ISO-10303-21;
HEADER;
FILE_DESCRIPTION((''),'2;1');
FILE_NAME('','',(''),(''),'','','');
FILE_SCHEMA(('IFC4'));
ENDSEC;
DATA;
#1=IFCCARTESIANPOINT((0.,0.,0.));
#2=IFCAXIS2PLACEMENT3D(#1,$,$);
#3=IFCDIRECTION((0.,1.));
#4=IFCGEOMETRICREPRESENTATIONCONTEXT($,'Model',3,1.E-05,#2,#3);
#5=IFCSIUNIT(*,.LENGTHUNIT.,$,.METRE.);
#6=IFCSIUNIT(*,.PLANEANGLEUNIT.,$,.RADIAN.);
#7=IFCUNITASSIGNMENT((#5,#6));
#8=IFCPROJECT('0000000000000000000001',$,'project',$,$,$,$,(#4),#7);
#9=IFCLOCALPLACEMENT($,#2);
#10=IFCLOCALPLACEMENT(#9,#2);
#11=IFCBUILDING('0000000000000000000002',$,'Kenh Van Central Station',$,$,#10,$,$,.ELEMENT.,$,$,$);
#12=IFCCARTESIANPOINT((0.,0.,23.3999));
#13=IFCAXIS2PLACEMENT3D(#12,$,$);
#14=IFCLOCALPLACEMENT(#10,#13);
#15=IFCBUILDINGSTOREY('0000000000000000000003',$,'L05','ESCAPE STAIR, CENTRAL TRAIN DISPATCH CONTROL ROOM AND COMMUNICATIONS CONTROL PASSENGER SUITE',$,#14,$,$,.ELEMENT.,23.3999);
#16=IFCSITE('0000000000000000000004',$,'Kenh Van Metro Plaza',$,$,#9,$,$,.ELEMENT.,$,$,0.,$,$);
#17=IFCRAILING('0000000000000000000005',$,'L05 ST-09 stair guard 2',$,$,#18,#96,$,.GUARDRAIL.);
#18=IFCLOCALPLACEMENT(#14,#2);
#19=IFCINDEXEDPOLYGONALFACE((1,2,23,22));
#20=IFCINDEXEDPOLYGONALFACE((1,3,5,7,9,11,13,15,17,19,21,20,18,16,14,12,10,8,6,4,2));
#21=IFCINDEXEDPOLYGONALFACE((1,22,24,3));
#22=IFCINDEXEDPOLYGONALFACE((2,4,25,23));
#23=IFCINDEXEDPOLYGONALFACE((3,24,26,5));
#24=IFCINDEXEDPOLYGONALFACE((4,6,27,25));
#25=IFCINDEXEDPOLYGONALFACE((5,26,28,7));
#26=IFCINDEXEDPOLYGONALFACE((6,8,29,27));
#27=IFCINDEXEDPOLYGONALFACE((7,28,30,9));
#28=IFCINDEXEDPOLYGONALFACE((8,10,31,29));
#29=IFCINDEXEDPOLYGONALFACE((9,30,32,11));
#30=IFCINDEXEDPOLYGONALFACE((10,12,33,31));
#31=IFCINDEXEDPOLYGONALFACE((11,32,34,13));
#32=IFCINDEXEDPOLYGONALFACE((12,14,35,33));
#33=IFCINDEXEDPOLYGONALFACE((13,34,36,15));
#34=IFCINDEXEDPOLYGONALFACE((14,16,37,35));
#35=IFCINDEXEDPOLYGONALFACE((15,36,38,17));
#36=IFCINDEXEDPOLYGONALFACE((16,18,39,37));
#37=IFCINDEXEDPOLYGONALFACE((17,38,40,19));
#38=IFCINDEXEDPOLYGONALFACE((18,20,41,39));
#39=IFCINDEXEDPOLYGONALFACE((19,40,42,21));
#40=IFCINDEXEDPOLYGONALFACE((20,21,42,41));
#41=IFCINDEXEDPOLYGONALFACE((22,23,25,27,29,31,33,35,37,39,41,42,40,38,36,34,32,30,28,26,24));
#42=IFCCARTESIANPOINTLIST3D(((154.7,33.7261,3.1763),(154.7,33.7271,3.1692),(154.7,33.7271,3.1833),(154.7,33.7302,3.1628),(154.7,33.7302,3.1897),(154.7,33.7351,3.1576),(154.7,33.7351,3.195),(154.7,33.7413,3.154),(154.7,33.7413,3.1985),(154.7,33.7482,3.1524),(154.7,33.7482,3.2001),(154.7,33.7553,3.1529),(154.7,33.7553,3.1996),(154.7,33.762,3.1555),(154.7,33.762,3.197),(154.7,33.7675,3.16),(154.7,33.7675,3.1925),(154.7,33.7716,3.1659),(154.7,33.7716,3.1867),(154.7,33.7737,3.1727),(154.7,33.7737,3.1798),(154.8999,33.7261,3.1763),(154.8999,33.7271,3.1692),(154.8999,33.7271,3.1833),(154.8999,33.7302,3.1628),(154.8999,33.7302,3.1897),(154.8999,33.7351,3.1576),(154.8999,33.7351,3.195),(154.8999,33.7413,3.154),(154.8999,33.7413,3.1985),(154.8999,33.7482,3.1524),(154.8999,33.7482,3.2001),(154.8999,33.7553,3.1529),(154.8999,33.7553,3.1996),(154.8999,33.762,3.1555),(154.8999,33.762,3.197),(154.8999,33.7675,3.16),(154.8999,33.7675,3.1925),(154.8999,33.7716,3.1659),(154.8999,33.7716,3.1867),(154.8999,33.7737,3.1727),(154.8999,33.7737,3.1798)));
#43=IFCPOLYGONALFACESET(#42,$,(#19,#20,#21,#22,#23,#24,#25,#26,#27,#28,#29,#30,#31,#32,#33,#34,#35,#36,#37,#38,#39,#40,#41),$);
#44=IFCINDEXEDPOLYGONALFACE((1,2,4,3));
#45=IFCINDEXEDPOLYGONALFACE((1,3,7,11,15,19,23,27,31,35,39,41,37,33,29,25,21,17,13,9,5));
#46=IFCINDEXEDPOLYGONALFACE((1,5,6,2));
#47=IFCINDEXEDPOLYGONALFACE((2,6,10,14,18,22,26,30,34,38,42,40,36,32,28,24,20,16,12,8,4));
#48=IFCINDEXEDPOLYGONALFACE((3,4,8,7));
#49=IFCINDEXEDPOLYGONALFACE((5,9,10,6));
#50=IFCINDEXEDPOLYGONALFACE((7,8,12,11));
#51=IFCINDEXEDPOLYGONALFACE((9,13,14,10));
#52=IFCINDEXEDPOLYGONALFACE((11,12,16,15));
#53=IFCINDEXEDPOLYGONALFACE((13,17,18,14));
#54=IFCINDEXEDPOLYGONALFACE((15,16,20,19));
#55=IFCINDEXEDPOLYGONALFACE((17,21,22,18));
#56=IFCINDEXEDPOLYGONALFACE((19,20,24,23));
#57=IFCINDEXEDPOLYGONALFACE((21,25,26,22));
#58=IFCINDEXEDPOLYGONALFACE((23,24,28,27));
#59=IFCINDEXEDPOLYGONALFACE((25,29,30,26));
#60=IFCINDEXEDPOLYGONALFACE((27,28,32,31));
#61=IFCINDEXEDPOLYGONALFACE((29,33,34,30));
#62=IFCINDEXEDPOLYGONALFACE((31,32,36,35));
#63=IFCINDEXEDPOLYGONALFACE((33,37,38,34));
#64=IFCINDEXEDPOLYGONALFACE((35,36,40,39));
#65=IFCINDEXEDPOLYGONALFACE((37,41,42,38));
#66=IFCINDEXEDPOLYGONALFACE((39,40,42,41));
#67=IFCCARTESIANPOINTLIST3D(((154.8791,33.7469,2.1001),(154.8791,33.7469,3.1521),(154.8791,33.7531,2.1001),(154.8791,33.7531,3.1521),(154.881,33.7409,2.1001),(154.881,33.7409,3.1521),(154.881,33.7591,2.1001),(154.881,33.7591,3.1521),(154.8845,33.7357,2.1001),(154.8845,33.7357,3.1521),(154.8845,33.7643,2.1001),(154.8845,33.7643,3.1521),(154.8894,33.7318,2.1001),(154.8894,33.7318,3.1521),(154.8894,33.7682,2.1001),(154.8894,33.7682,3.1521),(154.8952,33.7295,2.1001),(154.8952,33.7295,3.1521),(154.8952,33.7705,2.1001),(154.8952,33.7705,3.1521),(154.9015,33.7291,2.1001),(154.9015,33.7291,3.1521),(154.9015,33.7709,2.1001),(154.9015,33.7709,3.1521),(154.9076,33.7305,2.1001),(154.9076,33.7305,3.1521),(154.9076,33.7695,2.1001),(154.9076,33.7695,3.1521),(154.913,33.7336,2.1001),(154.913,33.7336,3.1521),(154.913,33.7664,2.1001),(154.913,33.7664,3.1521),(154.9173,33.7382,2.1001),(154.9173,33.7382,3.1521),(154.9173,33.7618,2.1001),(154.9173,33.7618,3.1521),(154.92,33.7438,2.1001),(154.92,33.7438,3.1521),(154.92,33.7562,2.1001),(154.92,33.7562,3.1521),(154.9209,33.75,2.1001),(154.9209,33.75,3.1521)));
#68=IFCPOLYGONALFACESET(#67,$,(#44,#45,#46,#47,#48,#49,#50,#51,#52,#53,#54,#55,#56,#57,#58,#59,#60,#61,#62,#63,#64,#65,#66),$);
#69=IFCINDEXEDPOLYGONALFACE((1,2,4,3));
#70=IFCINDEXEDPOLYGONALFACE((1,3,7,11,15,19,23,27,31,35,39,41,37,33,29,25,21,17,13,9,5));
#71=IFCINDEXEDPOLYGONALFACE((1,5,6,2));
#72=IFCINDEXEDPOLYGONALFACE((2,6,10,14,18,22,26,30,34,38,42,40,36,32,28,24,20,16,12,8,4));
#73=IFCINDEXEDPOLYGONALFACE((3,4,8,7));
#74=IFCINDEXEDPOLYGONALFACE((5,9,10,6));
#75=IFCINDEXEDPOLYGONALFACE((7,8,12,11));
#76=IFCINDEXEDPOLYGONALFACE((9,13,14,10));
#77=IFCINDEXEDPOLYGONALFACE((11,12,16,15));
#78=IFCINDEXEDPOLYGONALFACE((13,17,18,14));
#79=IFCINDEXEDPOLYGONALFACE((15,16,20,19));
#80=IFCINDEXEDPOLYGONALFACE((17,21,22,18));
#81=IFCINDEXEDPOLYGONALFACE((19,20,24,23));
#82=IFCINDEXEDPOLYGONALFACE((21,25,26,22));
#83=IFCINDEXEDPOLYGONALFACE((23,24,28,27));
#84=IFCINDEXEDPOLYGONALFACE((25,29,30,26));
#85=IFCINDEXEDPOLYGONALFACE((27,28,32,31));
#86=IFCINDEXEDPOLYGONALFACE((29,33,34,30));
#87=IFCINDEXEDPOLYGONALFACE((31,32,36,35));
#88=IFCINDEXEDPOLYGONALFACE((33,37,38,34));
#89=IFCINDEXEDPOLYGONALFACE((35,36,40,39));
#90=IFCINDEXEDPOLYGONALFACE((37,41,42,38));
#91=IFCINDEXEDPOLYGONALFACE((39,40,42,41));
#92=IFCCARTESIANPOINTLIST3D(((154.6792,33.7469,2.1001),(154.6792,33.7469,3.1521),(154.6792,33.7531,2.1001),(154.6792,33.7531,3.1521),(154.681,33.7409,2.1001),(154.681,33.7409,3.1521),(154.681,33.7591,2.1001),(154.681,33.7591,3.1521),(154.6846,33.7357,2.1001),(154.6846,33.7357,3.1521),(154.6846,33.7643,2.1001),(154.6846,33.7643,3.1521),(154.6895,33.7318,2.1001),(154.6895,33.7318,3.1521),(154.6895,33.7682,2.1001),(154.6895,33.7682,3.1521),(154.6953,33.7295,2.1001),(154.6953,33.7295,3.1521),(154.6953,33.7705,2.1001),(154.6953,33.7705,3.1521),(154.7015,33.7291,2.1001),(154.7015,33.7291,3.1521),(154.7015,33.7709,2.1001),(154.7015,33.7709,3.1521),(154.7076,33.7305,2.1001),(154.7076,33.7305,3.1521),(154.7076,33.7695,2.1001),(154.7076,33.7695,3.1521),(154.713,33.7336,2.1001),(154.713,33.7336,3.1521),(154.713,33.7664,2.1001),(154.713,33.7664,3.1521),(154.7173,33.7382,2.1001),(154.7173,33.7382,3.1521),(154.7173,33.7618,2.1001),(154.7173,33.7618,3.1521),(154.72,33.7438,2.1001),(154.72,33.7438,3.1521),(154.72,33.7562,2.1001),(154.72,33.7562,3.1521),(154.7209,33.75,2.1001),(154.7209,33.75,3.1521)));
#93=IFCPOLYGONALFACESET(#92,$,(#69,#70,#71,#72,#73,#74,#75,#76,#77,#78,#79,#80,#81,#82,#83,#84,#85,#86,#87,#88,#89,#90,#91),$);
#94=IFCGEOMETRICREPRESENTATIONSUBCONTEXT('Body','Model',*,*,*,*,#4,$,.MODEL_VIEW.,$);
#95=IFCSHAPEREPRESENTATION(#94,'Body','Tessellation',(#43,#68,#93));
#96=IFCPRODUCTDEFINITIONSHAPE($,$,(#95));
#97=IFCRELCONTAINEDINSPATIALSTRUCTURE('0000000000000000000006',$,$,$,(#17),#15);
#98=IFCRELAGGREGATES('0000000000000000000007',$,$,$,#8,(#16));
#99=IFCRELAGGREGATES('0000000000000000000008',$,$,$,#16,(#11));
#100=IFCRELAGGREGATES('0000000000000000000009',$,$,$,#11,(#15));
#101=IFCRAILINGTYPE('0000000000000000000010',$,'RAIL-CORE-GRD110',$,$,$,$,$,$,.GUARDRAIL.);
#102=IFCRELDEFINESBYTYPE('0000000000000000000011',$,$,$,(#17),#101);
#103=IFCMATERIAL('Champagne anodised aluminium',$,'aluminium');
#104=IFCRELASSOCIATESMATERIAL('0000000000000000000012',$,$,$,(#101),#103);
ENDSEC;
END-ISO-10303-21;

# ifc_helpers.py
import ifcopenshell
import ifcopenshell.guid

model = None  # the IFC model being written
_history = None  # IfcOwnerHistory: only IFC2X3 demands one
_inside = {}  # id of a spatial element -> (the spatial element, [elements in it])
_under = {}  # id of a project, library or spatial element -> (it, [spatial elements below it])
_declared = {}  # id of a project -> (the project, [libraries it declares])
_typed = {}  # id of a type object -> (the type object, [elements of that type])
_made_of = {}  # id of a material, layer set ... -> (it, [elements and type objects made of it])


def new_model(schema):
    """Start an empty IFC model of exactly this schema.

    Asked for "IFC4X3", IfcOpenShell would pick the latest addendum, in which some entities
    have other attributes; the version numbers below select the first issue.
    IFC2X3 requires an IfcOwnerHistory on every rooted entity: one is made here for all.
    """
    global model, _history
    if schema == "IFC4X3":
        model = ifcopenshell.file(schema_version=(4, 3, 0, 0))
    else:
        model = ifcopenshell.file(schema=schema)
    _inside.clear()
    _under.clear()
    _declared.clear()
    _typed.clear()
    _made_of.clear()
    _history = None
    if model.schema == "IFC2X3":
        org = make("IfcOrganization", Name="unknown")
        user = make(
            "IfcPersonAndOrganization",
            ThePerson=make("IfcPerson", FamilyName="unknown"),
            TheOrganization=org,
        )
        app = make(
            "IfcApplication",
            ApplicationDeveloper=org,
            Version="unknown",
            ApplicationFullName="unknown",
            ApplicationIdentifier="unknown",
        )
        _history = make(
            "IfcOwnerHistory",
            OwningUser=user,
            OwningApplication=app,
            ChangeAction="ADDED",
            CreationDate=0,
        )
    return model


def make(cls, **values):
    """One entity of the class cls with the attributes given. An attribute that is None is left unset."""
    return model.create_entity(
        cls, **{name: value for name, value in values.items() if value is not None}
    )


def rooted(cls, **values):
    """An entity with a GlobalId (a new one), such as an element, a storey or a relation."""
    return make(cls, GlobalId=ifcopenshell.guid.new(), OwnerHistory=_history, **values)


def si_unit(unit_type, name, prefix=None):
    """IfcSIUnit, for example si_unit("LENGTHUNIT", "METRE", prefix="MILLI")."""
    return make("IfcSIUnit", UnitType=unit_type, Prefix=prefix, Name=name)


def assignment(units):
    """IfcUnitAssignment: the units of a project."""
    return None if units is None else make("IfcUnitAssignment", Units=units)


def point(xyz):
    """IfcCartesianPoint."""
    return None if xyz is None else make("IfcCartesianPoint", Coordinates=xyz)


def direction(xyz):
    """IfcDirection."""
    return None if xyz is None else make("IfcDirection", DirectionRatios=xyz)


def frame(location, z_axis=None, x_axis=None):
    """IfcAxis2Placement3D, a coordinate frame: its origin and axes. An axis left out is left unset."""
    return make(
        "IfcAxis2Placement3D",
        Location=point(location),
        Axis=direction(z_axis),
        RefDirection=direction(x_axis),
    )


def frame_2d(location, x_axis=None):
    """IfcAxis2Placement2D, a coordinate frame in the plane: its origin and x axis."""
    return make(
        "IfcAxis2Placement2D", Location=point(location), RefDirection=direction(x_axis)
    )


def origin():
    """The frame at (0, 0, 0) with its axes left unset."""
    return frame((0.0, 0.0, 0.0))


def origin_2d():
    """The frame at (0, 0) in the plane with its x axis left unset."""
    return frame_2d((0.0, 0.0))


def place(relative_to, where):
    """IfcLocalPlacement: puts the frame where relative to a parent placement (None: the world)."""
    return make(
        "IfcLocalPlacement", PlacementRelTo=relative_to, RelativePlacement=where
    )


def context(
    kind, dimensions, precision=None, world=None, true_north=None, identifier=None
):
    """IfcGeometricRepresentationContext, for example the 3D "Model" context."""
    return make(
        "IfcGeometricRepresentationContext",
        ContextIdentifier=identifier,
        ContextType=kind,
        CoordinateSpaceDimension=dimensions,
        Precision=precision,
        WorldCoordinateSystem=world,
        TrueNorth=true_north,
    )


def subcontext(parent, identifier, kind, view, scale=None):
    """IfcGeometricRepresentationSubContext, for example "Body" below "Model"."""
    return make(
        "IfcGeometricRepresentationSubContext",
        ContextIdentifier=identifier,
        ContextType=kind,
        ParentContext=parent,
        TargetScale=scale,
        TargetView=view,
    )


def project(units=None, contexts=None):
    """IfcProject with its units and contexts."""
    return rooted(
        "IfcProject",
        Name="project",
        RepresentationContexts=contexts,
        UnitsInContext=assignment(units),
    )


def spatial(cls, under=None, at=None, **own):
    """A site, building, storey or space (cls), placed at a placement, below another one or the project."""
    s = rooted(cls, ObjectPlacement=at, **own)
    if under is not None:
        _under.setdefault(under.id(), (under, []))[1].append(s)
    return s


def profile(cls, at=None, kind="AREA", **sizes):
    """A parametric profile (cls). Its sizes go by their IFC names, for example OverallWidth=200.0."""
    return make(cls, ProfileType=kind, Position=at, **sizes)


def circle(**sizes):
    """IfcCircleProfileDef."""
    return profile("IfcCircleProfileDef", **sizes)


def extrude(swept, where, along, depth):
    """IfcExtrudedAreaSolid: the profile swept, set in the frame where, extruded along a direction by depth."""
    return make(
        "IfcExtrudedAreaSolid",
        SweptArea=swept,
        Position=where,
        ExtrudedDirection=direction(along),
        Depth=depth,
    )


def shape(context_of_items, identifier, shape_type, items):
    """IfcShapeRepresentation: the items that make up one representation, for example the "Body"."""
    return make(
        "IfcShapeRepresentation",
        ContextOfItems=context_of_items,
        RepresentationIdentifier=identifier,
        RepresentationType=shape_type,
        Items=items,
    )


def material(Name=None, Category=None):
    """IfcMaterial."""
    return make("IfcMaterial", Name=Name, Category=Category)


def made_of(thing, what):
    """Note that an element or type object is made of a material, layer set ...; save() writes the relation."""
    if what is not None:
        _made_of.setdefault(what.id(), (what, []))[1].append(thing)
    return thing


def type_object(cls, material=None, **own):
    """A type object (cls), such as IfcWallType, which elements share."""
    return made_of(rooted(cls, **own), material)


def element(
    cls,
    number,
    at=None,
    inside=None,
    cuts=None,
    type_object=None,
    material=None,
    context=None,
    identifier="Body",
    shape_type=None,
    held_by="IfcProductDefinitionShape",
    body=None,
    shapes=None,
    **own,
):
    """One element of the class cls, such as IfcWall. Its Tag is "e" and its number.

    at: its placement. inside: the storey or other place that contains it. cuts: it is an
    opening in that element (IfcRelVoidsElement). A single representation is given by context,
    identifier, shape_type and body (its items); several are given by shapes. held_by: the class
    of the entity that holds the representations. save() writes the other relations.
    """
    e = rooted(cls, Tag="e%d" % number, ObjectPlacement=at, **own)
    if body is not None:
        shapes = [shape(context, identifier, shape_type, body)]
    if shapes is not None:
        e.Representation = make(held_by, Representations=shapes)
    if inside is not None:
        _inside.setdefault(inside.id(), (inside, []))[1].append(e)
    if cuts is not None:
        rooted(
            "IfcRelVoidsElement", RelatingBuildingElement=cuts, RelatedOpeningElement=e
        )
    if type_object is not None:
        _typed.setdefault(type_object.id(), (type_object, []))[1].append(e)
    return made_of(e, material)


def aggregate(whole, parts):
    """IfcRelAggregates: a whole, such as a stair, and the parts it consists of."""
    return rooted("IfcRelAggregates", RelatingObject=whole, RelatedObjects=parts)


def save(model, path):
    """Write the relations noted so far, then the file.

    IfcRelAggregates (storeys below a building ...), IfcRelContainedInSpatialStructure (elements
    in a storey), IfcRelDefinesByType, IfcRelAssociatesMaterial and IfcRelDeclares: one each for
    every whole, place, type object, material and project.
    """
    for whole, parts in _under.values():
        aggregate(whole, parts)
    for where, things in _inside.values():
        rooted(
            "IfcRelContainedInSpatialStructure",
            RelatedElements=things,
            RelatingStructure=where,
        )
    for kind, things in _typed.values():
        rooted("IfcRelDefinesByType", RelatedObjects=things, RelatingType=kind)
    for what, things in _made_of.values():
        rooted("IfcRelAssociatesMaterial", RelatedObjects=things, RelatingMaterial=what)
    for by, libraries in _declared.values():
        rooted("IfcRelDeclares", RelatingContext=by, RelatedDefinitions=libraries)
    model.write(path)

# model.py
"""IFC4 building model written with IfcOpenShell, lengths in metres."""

from ifc_helpers import new_model, si_unit, direction, frame, origin, origin_2d, place, context, subcontext, project, spatial, circle, extrude, material, type_object, element, save


model = new_model("IFC4")

# Units and contexts
model_context = context("Model", 3, precision=1e-05, world=origin(), true_north=direction((0.0, 1.0)))
body_context = subcontext(model_context, "Body", "Model", "MODEL_VIEW")
ifc_project = project(units=[si_unit("LENGTHUNIT", "METRE"), si_unit("PLANEANGLEUNIT", "RADIAN")], contexts=[model_context])

# Site, building, storey
site_placement = place(None, origin())
site = spatial("IfcSite", under=ifc_project, at=site_placement, Name="Kenh Van Metro Plaza", CompositionType="ELEMENT", RefElevation=0.0)
building_placement = place(site_placement, origin())
building = spatial("IfcBuilding", under=site, at=building_placement, Name="Kenh Van Central Station", CompositionType="ELEMENT")
storey_placement = place(building_placement, frame((0.0, 0.0, 23.3999)))
storey = spatial("IfcBuildingStorey", under=building, at=storey_placement, Name="L05", Description="ESCAPE STAIR, CENTRAL TRAIN DISPATCH CONTROL ROOM AND COMMUNICATIONS CONTROL PASSENGER SUITE", CompositionType="ELEMENT", Elevation=23.3999)

# Shared definitions
ifc_material_1 = material(Name="Champagne anodised aluminium", Category="aluminium")

# Railing
railing_type_1 = type_object("IfcRailingType", Name="RAIL-CORE-GRD110", PredefinedType="GUARDRAIL", material=ifc_material_1)
railing_1_placement = place(storey_placement, frame((154.8999, 33.75, 2.1001)))
element("IfcRailing", 1, at=railing_1_placement, inside=storey, type_object=railing_type_1, Name="L05 ST-09 stair guard 2", PredefinedType="GUARDRAIL", context=body_context, shape_type="SweptSolid", body=[
    extrude(circle(Radius=0.0239, at=origin_2d()), frame((0.0, 0.0, 1.0762), z_axis=(-1.0, 0.0, 0.0), x_axis=(0.0, -1.0, 0.0)), (0.0, 0.0, 1.0), 0.2),
    extrude(circle(Radius=0.021, at=origin_2d()), origin(), (0.0, 0.0, 1.0), 1.052),
    extrude(circle(Radius=0.021, at=origin_2d()), frame((-0.2, 0.0, 0.0)), (0.0, 0.0, 1.0), 1.052),
])

save(model, "model.ifc")
